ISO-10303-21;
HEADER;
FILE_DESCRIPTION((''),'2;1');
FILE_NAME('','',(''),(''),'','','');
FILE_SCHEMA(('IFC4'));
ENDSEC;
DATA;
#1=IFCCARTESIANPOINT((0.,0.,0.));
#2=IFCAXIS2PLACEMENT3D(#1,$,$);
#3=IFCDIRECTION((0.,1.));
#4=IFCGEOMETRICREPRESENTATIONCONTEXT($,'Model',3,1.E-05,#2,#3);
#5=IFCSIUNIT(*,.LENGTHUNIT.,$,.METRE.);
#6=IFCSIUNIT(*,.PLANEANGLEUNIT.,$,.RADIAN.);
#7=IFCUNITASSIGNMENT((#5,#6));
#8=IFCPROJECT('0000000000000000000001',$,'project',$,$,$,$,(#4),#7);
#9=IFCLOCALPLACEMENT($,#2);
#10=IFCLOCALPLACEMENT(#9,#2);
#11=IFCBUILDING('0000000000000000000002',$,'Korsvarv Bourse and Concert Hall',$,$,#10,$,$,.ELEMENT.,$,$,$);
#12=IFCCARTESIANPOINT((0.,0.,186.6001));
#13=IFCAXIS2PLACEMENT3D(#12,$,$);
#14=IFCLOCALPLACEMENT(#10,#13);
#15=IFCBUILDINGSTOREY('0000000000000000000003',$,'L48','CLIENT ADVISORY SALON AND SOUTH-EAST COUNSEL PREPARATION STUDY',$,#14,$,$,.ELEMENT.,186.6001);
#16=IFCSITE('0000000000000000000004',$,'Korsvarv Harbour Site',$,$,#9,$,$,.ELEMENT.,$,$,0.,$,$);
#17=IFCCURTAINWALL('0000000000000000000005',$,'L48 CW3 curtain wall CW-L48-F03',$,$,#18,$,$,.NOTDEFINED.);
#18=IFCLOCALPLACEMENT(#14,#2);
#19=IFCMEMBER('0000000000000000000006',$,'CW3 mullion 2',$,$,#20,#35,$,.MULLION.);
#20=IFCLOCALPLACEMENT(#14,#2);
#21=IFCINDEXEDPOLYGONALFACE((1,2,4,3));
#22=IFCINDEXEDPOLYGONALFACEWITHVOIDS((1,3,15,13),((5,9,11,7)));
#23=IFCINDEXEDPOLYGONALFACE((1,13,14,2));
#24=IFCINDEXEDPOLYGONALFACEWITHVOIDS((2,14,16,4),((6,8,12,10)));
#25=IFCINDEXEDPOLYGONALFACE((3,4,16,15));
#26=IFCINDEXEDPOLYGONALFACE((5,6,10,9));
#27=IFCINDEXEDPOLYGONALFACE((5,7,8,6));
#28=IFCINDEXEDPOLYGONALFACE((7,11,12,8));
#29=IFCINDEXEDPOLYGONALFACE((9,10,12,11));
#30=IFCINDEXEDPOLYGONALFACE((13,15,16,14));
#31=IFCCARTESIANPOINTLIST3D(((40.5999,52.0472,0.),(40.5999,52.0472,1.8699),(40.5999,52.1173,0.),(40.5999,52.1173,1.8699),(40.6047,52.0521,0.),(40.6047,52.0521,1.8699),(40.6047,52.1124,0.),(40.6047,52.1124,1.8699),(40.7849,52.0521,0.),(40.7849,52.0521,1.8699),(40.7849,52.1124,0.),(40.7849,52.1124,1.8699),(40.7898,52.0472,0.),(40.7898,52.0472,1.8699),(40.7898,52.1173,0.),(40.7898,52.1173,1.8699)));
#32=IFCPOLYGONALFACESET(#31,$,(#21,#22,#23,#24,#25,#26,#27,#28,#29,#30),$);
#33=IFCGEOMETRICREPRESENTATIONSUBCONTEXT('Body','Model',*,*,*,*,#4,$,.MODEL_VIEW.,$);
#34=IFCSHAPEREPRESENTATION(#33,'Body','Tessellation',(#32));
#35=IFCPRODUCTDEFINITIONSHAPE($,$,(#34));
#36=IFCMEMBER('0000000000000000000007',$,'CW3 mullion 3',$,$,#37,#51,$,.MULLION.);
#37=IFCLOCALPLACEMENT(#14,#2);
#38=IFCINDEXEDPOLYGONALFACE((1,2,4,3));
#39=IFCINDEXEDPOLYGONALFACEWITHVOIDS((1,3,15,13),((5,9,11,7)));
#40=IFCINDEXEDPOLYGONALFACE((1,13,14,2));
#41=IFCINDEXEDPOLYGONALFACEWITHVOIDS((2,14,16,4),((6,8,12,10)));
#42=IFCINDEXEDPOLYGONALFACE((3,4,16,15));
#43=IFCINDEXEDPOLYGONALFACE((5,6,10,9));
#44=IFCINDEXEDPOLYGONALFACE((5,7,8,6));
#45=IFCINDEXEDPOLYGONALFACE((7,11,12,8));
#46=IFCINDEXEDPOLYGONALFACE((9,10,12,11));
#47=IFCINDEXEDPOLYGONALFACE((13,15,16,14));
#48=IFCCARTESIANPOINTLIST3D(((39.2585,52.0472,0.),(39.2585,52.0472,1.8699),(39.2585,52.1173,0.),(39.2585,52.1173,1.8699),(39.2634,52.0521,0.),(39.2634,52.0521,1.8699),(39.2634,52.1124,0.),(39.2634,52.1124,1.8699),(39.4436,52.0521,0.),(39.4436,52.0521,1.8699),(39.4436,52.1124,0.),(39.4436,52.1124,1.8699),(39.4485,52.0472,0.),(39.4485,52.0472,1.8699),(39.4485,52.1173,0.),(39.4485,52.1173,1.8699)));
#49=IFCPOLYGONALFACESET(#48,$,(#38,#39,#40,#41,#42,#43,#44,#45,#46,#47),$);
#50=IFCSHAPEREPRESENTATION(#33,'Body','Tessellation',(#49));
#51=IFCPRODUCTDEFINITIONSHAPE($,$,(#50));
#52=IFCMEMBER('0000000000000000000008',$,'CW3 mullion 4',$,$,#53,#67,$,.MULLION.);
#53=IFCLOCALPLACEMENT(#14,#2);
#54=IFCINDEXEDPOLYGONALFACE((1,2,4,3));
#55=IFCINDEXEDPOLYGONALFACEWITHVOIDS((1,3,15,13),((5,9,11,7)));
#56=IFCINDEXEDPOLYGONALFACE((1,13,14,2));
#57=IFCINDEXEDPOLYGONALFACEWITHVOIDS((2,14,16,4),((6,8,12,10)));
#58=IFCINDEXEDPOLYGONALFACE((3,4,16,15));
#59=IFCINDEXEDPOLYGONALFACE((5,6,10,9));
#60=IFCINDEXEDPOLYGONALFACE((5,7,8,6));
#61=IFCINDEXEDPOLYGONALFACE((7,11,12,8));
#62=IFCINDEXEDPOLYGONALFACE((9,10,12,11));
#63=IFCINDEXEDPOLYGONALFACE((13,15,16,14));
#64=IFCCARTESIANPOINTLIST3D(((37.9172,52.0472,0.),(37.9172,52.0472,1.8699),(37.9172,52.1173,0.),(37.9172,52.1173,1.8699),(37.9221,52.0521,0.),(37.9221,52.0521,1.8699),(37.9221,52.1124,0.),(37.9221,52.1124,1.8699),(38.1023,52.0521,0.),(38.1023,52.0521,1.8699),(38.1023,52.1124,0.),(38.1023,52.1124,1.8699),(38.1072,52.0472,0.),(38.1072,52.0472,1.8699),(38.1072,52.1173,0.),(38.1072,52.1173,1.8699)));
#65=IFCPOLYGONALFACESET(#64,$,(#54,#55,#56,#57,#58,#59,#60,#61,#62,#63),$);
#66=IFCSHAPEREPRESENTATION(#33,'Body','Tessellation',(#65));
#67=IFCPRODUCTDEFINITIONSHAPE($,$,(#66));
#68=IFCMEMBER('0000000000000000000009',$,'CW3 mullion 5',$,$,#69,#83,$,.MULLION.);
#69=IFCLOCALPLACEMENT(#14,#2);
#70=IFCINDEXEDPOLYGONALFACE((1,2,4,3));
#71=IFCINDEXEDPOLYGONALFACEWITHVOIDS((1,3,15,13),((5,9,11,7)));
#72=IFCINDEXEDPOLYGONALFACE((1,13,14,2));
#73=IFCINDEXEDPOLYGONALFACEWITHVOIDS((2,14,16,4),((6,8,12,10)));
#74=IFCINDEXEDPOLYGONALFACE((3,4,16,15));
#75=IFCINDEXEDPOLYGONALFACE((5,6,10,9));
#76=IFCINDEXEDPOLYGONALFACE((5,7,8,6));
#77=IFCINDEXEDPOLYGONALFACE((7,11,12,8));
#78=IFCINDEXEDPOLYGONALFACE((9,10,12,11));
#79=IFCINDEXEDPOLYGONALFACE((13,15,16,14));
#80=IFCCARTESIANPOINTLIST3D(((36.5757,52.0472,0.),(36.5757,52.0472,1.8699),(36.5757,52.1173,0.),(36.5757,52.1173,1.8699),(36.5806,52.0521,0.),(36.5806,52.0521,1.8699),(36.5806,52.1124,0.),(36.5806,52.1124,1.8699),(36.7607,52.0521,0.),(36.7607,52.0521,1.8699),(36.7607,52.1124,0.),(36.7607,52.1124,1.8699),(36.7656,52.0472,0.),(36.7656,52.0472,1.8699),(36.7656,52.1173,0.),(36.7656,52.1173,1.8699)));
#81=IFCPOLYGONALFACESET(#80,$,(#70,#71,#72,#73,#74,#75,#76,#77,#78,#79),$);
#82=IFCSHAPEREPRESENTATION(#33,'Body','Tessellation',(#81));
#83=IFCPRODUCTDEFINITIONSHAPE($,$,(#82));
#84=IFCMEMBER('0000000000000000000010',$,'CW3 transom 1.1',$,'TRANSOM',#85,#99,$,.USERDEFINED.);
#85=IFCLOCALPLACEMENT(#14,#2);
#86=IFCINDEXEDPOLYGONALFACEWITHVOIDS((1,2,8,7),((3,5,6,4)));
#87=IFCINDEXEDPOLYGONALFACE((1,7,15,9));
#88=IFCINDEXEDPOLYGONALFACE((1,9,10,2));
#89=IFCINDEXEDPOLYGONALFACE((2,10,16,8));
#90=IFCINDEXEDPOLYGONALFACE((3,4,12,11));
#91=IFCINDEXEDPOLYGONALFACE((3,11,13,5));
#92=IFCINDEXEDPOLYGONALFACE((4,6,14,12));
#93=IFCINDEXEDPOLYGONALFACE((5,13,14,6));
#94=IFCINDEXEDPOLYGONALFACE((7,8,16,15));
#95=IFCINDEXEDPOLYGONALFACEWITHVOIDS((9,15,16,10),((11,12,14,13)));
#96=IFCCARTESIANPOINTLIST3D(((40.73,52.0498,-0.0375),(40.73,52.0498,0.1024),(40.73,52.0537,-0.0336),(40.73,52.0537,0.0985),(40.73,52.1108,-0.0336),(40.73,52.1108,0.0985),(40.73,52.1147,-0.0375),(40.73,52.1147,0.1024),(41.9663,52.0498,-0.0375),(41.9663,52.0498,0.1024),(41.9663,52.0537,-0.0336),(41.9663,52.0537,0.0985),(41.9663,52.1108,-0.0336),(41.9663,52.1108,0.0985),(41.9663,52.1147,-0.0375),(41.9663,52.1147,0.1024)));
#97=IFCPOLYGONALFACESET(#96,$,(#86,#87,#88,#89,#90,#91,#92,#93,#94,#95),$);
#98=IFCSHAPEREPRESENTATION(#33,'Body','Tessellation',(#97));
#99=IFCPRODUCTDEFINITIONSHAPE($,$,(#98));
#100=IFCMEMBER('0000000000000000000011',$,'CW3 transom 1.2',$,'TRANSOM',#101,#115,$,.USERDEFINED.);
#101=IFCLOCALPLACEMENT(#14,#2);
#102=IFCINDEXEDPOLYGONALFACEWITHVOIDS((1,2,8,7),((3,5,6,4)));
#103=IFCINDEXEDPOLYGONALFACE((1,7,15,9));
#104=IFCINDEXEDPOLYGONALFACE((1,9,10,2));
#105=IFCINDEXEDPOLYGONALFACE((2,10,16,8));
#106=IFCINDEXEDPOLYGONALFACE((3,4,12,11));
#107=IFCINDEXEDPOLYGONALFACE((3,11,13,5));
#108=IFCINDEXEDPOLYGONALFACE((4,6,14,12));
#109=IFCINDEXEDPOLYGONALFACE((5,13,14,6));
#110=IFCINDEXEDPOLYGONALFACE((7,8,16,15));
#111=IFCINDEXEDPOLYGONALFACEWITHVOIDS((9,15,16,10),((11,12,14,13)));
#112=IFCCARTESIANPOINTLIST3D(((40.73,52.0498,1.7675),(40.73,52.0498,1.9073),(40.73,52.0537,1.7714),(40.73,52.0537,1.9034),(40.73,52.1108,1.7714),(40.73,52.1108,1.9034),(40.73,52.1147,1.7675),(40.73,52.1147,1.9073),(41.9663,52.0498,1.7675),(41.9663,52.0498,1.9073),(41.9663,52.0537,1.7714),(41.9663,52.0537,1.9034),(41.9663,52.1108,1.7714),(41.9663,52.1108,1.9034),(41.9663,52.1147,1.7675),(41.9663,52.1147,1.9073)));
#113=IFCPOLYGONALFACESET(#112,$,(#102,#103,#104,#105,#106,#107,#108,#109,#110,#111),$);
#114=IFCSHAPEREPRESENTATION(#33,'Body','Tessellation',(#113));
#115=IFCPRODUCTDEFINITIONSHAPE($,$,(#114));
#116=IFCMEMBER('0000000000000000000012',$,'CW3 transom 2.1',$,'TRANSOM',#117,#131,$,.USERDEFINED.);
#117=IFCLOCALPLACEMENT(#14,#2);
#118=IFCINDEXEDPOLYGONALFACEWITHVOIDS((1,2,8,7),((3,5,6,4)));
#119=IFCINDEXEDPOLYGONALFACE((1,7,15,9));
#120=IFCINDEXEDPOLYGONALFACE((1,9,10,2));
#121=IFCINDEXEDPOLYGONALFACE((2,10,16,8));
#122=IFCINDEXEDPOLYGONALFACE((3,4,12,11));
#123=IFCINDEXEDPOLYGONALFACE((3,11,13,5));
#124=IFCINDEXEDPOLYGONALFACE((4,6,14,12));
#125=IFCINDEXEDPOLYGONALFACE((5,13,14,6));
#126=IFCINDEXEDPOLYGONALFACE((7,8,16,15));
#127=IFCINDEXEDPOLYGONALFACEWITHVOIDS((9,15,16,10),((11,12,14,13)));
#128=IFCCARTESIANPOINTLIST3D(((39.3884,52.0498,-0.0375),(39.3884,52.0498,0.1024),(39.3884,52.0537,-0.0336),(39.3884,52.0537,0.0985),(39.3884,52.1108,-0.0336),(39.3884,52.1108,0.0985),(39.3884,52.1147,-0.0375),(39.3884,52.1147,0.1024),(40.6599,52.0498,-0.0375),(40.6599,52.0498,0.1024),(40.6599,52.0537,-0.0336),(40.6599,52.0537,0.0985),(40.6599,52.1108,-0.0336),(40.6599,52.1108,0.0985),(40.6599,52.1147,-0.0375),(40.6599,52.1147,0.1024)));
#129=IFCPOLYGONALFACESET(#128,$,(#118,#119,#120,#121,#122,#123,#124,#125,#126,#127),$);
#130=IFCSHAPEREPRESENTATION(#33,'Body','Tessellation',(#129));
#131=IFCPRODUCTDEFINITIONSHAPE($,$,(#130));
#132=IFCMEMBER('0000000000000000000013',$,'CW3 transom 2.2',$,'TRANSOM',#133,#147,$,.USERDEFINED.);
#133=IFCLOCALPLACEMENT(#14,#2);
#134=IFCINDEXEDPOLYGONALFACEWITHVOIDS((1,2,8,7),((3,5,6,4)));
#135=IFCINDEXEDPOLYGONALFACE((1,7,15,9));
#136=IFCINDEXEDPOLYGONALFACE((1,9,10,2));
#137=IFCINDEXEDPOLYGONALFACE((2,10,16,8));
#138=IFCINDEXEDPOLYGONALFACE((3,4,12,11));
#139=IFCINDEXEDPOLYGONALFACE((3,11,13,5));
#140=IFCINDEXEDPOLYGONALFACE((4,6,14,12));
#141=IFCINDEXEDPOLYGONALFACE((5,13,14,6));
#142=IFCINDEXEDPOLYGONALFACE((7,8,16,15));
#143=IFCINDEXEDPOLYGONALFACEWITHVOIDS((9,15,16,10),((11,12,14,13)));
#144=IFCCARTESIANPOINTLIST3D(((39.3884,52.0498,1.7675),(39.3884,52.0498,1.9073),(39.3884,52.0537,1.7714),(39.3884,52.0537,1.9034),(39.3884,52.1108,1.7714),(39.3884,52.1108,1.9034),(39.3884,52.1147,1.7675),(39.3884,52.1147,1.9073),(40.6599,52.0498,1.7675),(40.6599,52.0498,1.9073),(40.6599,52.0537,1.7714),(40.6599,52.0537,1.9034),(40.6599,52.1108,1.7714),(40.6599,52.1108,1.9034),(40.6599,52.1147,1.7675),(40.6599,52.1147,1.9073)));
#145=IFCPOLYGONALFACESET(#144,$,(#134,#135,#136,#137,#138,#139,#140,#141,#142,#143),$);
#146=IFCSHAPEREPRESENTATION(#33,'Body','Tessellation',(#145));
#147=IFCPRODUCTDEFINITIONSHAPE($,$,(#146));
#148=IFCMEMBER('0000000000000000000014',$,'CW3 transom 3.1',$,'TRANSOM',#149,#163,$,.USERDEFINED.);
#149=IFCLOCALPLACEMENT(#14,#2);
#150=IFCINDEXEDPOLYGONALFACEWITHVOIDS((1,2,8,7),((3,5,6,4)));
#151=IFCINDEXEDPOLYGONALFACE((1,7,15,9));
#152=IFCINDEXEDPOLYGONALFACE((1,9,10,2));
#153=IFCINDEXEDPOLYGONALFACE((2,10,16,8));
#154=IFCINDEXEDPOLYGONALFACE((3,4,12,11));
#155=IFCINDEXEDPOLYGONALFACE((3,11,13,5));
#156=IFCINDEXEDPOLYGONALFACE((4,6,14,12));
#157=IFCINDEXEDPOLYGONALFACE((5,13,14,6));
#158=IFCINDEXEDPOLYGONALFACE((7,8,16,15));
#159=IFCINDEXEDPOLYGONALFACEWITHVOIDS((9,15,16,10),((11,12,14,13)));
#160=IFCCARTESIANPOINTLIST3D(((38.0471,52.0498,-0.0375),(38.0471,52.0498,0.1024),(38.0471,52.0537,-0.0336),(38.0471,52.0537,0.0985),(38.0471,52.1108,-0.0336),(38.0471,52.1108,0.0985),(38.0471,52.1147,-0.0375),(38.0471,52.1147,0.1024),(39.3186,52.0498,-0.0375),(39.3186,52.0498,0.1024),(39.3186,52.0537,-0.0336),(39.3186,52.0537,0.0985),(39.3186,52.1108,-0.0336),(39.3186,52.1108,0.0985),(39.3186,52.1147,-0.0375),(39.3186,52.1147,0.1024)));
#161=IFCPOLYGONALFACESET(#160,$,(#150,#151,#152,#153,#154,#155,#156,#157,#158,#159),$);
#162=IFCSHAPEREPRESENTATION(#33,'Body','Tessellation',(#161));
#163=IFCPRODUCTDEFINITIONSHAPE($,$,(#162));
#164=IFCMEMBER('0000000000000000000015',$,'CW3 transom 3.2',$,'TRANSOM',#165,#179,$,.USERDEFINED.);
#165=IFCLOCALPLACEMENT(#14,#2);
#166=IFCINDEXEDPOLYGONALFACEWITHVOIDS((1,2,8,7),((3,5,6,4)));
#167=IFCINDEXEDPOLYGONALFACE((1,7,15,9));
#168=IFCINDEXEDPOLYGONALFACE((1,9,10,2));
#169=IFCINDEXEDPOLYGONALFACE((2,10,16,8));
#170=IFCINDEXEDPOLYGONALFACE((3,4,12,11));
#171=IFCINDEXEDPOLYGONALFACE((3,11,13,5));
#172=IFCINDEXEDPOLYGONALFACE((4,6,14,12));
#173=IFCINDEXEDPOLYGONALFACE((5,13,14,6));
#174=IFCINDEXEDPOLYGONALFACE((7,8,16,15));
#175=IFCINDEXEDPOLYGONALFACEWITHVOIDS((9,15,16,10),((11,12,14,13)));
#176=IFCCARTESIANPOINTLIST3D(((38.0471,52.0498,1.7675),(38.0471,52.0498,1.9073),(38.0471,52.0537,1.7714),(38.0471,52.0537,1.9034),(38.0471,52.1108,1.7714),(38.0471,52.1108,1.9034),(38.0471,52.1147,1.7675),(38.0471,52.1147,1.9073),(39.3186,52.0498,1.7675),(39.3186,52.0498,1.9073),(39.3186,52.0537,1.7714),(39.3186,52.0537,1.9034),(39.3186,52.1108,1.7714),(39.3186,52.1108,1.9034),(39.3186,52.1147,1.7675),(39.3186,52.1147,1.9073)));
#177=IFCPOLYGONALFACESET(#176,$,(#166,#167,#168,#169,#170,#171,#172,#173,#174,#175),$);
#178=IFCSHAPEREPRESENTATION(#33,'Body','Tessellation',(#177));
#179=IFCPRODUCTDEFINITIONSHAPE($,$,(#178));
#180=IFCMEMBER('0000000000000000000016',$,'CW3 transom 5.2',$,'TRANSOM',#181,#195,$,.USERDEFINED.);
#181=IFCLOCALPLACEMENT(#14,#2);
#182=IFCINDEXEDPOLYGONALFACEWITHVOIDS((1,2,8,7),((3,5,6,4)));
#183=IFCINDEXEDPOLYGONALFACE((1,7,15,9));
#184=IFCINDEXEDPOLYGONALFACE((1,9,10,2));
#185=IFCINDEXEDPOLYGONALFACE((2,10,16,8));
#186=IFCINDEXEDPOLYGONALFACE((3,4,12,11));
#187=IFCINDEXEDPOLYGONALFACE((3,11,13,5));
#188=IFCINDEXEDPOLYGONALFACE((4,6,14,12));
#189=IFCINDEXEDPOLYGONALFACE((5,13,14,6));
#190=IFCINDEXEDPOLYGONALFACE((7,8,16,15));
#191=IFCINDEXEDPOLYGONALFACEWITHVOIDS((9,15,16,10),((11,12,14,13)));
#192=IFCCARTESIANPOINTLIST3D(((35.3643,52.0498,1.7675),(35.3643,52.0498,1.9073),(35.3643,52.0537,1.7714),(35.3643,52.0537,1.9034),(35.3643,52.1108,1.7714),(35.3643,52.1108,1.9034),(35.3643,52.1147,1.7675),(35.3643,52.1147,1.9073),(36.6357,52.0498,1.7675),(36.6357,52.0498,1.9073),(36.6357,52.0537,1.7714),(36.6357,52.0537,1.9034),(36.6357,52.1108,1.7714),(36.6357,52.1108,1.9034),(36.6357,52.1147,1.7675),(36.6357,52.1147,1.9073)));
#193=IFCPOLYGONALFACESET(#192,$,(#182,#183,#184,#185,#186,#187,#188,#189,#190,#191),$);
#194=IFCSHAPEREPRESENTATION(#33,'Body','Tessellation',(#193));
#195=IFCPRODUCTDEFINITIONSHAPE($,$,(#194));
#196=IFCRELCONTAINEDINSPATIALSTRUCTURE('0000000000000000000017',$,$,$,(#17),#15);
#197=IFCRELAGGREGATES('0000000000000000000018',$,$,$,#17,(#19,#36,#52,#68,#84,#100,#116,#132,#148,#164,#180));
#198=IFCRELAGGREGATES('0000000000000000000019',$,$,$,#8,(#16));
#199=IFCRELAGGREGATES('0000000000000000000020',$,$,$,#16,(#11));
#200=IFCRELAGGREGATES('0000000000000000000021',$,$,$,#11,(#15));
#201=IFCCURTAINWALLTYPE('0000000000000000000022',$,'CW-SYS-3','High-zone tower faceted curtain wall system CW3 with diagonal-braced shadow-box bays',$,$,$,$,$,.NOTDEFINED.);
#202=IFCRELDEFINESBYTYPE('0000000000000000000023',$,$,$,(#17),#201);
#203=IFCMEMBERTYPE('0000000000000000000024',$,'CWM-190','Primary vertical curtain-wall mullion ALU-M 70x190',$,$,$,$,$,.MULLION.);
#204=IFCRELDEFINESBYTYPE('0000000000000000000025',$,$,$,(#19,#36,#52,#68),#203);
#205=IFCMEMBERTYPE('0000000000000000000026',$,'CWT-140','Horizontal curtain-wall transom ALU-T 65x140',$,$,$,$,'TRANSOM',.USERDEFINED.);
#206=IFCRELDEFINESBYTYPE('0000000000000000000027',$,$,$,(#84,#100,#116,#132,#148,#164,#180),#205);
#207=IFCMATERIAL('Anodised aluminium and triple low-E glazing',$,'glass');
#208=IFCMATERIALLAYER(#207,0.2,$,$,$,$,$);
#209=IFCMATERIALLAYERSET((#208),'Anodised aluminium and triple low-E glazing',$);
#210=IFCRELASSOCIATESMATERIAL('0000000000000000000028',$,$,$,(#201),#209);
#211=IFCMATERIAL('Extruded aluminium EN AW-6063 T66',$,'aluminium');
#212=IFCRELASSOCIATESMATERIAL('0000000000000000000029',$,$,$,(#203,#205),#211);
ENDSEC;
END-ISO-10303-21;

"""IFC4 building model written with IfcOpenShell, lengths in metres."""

from ifc_helpers import new_model, si_unit, direction, frame, origin, origin_2d, place, context, subcontext, project, spatial, hollow_rectangle, extrude, source, transform, mapped, material, layer, layer_set, material_profile, profile_set, type_object, element, aggregate, save


model = new_model("IFC4")

# Units and contexts
model_context = context("Model", 3, precision=1e-05, world=origin(), true_north=direction((0.0, 1.0)))
body_context = subcontext(model_context, "Body", "Model", "MODEL_VIEW")
ifc_project = project(units=[si_unit("LENGTHUNIT", "METRE"), si_unit("PLANEANGLEUNIT", "RADIAN")], contexts=[model_context])

# Site, building, storey
site_placement = place(None, origin())
site = spatial("IfcSite", under=ifc_project, at=site_placement, Name="Korsvarv Harbour Site", CompositionType="ELEMENT", RefElevation=0.0)
building_placement = place(site_placement, origin())
building = spatial("IfcBuilding", under=site, at=building_placement, Name="Korsvarv Bourse and Concert Hall", CompositionType="ELEMENT")
storey_placement = place(building_placement, frame((0.0, 0.0, 186.6001)))
storey = spatial("IfcBuildingStorey", under=building, at=storey_placement, Name="L48", Description="CLIENT ADVISORY SALON AND SOUTH-EAST COUNSEL PREPARATION STUDY", CompositionType="ELEMENT", Elevation=186.6001)

# Curtain wall, members
ifc_material_1 = material(Name="Anodised aluminium and triple low-E glazing", Category="glass")
ifc_layer_1 = layer(ifc_material_1, 0.2)
ifc_layer_set_1 = layer_set([ifc_layer_1], Name="Anodised aluminium and triple low-E glazing")
curtain_wall_type = type_object("IfcCurtainWallType", Name="CW-SYS-3", Description="High-zone tower faceted curtain wall system CW3 with diagonal-braced shadow-box bays", PredefinedType="NOTDEFINED", material=ifc_layer_set_1)
curtain_wall_placement = place(storey_placement, origin())
curtain_wall = element("IfcCurtainWall", 1, at=curtain_wall_placement, inside=storey, type_object=curtain_wall_type, Name="L48 CW3 curtain wall CW-L48-F03", PredefinedType="NOTDEFINED")
ifc_material_2 = material(Name="Extruded aluminium EN AW-6063 T66", Category="aluminium")
ifc_material_profile_1 = material_profile(ifc_material_2, hollow_rectangle(XDim=0.0701, YDim=0.1899, WallThickness=0.0049, at=origin_2d()), Name="ALU-M 70x190")
ifc_profile_set_1 = profile_set([ifc_material_profile_1], Name="Extruded aluminium EN AW-6063 T66")
member_type_1 = type_object("IfcMemberType", Name="CWM-190", Description="Primary vertical curtain-wall mullion ALU-M 70x190", PredefinedType="MULLION", material=ifc_profile_set_1)
shared_shape_1 = source(origin(), body_context, "Body", "SweptSolid", [
    extrude(hollow_rectangle(XDim=0.0701, YDim=0.1899, WallThickness=0.0049, at=origin_2d()), origin(), (0.0, 0.0, 1.0), 1.8699),
])
member_1_placement = place(storey_placement, frame((40.6948, 52.0823, 0.0), z_axis=(0.0, 0.0, 1.0), x_axis=(0.0, -1.0, 0.0)))
member_1 = element("IfcMember", 2, at=member_1_placement, type_object=member_type_1, Name="CW3 mullion 2", PredefinedType="MULLION", context=body_context, shape_type="MappedRepresentation", body=[
    mapped(shared_shape_1, transform((0.0, 0.0, 0.0), scale=1.0)),
])
member_2_placement = place(storey_placement, frame((39.3535, 52.0823, 0.0), z_axis=(0.0, 0.0, 1.0), x_axis=(0.0, -1.0, 0.0)))
member_2 = element("IfcMember", 3, at=member_2_placement, type_object=member_type_1, Name="CW3 mullion 3", PredefinedType="MULLION", context=body_context, shape_type="MappedRepresentation", body=[
    mapped(shared_shape_1, transform((0.0, 0.0, 0.0), scale=1.0)),
])
member_3_placement = place(storey_placement, frame((38.0122, 52.0823, 0.0), z_axis=(0.0, 0.0, 1.0), x_axis=(0.0, -1.0, 0.0)))
member_3 = element("IfcMember", 4, at=member_3_placement, type_object=member_type_1, Name="CW3 mullion 4", PredefinedType="MULLION", context=body_context, shape_type="MappedRepresentation", body=[
    mapped(shared_shape_1, transform((0.0, 0.0, 0.0), scale=1.0)),
])
member_4_placement = place(storey_placement, frame((36.6707, 52.0823, 0.0), z_axis=(0.0, 0.0, 1.0), x_axis=(0.0, -1.0, 0.0)))
member_4 = element("IfcMember", 5, at=member_4_placement, type_object=member_type_1, Name="CW3 mullion 5", PredefinedType="MULLION", context=body_context, shape_type="MappedRepresentation", body=[
    mapped(shared_shape_1, transform((0.0, 0.0, 0.0), scale=1.0)),
])
ifc_material_profile_2 = material_profile(ifc_material_2, hollow_rectangle(XDim=0.0649, YDim=0.1399, WallThickness=0.0039, at=origin_2d()), Name="ALU-T 65x140")
ifc_profile_set_2 = profile_set([ifc_material_profile_2], Name="Extruded aluminium EN AW-6063 T66")
member_type_2 = type_object("IfcMemberType", Name="CWT-140", Description="Horizontal curtain-wall transom ALU-T 65x140", ElementType="TRANSOM", PredefinedType="USERDEFINED", material=ifc_profile_set_2)
shared_shape_2 = source(origin(), body_context, "Body", "SweptSolid", [
    extrude(hollow_rectangle(XDim=0.0649, YDim=0.1399, WallThickness=0.0039, at=origin_2d()), origin(), (0.0, 0.0, 1.0), 1.2363),
])
member_5_placement = place(storey_placement, frame((41.9663, 52.0823, 0.0325), z_axis=(-1.0, 0.0, 0.0), x_axis=(0.0, -1.0, 0.0)))
member_5 = element("IfcMember", 6, at=member_5_placement, type_object=member_type_2, Name="CW3 transom 1.1", ObjectType="TRANSOM", PredefinedType="USERDEFINED", context=body_context, shape_type="MappedRepresentation", body=[
    mapped(shared_shape_2, transform((0.0, 0.0, 0.0), scale=1.0)),
])
member_6_placement = place(storey_placement, frame((41.9663, 52.0823, 1.8374), z_axis=(-1.0, 0.0, 0.0), x_axis=(0.0, -1.0, 0.0)))
member_6 = element("IfcMember", 7, at=member_6_placement, type_object=member_type_2, Name="CW3 transom 1.2", ObjectType="TRANSOM", PredefinedType="USERDEFINED", context=body_context, shape_type="MappedRepresentation", body=[
    mapped(shared_shape_2, transform((0.0, 0.0, 0.0), scale=1.0)),
])
shared_shape_3 = source(origin(), body_context, "Body", "SweptSolid", [
    extrude(hollow_rectangle(XDim=0.0649, YDim=0.1399, WallThickness=0.0039, at=origin_2d()), origin(), (0.0, 0.0, 1.0), 1.2715),
])
member_7_placement = place(storey_placement, frame((40.6599, 52.0823, 0.0325), z_axis=(-1.0, 0.0, 0.0), x_axis=(0.0, -1.0, 0.0)))
member_7 = element("IfcMember", 8, at=member_7_placement, type_object=member_type_2, Name="CW3 transom 2.1", ObjectType="TRANSOM", PredefinedType="USERDEFINED", context=body_context, shape_type="MappedRepresentation", body=[
    mapped(shared_shape_3, transform((0.0, 0.0, 0.0), scale=1.0)),
])
member_8_placement = place(storey_placement, frame((40.6599, 52.0823, 1.8374), z_axis=(-1.0, 0.0, 0.0), x_axis=(0.0, -1.0, 0.0)))
member_8 = element("IfcMember", 9, at=member_8_placement, type_object=member_type_2, Name="CW3 transom 2.2", ObjectType="TRANSOM", PredefinedType="USERDEFINED", context=body_context, shape_type="MappedRepresentation", body=[
    mapped(shared_shape_3, transform((0.0, 0.0, 0.0), scale=1.0)),
])
member_9_placement = place(storey_placement, frame((39.3186, 52.0823, 0.0325), z_axis=(-1.0, 0.0, 0.0), x_axis=(0.0, -1.0, 0.0)))
member_9 = element("IfcMember", 10, at=member_9_placement, type_object=member_type_2, Name="CW3 transom 3.1", ObjectType="TRANSOM", PredefinedType="USERDEFINED", context=body_context, shape_type="MappedRepresentation", body=[
    mapped(shared_shape_3, transform((0.0, 0.0, 0.0), scale=1.0)),
])
member_10_placement = place(storey_placement, frame((39.3186, 52.0823, 1.8374), z_axis=(-1.0, 0.0, 0.0), x_axis=(0.0, -1.0, 0.0)))
member_10 = element("IfcMember", 11, at=member_10_placement, type_object=member_type_2, Name="CW3 transom 3.2", ObjectType="TRANSOM", PredefinedType="USERDEFINED", context=body_context, shape_type="MappedRepresentation", body=[
    mapped(shared_shape_3, transform((0.0, 0.0, 0.0), scale=1.0)),
])
member_11_placement = place(storey_placement, frame((36.6357, 52.0823, 1.8374), z_axis=(-1.0, 0.0, 0.0), x_axis=(0.0, -1.0, 0.0)))
member_11 = element("IfcMember", 12, at=member_11_placement, type_object=member_type_2, Name="CW3 transom 5.2", ObjectType="TRANSOM", PredefinedType="USERDEFINED", context=body_context, shape_type="MappedRepresentation", body=[
    mapped(shared_shape_3, transform((0.0, 0.0, 0.0), scale=1.0)),
])
aggregate(curtain_wall, [member_1, member_2, member_3, member_4, member_5, member_6, member_7, member_8, member_9, member_10, member_11])

save(model, "model.ifc")
